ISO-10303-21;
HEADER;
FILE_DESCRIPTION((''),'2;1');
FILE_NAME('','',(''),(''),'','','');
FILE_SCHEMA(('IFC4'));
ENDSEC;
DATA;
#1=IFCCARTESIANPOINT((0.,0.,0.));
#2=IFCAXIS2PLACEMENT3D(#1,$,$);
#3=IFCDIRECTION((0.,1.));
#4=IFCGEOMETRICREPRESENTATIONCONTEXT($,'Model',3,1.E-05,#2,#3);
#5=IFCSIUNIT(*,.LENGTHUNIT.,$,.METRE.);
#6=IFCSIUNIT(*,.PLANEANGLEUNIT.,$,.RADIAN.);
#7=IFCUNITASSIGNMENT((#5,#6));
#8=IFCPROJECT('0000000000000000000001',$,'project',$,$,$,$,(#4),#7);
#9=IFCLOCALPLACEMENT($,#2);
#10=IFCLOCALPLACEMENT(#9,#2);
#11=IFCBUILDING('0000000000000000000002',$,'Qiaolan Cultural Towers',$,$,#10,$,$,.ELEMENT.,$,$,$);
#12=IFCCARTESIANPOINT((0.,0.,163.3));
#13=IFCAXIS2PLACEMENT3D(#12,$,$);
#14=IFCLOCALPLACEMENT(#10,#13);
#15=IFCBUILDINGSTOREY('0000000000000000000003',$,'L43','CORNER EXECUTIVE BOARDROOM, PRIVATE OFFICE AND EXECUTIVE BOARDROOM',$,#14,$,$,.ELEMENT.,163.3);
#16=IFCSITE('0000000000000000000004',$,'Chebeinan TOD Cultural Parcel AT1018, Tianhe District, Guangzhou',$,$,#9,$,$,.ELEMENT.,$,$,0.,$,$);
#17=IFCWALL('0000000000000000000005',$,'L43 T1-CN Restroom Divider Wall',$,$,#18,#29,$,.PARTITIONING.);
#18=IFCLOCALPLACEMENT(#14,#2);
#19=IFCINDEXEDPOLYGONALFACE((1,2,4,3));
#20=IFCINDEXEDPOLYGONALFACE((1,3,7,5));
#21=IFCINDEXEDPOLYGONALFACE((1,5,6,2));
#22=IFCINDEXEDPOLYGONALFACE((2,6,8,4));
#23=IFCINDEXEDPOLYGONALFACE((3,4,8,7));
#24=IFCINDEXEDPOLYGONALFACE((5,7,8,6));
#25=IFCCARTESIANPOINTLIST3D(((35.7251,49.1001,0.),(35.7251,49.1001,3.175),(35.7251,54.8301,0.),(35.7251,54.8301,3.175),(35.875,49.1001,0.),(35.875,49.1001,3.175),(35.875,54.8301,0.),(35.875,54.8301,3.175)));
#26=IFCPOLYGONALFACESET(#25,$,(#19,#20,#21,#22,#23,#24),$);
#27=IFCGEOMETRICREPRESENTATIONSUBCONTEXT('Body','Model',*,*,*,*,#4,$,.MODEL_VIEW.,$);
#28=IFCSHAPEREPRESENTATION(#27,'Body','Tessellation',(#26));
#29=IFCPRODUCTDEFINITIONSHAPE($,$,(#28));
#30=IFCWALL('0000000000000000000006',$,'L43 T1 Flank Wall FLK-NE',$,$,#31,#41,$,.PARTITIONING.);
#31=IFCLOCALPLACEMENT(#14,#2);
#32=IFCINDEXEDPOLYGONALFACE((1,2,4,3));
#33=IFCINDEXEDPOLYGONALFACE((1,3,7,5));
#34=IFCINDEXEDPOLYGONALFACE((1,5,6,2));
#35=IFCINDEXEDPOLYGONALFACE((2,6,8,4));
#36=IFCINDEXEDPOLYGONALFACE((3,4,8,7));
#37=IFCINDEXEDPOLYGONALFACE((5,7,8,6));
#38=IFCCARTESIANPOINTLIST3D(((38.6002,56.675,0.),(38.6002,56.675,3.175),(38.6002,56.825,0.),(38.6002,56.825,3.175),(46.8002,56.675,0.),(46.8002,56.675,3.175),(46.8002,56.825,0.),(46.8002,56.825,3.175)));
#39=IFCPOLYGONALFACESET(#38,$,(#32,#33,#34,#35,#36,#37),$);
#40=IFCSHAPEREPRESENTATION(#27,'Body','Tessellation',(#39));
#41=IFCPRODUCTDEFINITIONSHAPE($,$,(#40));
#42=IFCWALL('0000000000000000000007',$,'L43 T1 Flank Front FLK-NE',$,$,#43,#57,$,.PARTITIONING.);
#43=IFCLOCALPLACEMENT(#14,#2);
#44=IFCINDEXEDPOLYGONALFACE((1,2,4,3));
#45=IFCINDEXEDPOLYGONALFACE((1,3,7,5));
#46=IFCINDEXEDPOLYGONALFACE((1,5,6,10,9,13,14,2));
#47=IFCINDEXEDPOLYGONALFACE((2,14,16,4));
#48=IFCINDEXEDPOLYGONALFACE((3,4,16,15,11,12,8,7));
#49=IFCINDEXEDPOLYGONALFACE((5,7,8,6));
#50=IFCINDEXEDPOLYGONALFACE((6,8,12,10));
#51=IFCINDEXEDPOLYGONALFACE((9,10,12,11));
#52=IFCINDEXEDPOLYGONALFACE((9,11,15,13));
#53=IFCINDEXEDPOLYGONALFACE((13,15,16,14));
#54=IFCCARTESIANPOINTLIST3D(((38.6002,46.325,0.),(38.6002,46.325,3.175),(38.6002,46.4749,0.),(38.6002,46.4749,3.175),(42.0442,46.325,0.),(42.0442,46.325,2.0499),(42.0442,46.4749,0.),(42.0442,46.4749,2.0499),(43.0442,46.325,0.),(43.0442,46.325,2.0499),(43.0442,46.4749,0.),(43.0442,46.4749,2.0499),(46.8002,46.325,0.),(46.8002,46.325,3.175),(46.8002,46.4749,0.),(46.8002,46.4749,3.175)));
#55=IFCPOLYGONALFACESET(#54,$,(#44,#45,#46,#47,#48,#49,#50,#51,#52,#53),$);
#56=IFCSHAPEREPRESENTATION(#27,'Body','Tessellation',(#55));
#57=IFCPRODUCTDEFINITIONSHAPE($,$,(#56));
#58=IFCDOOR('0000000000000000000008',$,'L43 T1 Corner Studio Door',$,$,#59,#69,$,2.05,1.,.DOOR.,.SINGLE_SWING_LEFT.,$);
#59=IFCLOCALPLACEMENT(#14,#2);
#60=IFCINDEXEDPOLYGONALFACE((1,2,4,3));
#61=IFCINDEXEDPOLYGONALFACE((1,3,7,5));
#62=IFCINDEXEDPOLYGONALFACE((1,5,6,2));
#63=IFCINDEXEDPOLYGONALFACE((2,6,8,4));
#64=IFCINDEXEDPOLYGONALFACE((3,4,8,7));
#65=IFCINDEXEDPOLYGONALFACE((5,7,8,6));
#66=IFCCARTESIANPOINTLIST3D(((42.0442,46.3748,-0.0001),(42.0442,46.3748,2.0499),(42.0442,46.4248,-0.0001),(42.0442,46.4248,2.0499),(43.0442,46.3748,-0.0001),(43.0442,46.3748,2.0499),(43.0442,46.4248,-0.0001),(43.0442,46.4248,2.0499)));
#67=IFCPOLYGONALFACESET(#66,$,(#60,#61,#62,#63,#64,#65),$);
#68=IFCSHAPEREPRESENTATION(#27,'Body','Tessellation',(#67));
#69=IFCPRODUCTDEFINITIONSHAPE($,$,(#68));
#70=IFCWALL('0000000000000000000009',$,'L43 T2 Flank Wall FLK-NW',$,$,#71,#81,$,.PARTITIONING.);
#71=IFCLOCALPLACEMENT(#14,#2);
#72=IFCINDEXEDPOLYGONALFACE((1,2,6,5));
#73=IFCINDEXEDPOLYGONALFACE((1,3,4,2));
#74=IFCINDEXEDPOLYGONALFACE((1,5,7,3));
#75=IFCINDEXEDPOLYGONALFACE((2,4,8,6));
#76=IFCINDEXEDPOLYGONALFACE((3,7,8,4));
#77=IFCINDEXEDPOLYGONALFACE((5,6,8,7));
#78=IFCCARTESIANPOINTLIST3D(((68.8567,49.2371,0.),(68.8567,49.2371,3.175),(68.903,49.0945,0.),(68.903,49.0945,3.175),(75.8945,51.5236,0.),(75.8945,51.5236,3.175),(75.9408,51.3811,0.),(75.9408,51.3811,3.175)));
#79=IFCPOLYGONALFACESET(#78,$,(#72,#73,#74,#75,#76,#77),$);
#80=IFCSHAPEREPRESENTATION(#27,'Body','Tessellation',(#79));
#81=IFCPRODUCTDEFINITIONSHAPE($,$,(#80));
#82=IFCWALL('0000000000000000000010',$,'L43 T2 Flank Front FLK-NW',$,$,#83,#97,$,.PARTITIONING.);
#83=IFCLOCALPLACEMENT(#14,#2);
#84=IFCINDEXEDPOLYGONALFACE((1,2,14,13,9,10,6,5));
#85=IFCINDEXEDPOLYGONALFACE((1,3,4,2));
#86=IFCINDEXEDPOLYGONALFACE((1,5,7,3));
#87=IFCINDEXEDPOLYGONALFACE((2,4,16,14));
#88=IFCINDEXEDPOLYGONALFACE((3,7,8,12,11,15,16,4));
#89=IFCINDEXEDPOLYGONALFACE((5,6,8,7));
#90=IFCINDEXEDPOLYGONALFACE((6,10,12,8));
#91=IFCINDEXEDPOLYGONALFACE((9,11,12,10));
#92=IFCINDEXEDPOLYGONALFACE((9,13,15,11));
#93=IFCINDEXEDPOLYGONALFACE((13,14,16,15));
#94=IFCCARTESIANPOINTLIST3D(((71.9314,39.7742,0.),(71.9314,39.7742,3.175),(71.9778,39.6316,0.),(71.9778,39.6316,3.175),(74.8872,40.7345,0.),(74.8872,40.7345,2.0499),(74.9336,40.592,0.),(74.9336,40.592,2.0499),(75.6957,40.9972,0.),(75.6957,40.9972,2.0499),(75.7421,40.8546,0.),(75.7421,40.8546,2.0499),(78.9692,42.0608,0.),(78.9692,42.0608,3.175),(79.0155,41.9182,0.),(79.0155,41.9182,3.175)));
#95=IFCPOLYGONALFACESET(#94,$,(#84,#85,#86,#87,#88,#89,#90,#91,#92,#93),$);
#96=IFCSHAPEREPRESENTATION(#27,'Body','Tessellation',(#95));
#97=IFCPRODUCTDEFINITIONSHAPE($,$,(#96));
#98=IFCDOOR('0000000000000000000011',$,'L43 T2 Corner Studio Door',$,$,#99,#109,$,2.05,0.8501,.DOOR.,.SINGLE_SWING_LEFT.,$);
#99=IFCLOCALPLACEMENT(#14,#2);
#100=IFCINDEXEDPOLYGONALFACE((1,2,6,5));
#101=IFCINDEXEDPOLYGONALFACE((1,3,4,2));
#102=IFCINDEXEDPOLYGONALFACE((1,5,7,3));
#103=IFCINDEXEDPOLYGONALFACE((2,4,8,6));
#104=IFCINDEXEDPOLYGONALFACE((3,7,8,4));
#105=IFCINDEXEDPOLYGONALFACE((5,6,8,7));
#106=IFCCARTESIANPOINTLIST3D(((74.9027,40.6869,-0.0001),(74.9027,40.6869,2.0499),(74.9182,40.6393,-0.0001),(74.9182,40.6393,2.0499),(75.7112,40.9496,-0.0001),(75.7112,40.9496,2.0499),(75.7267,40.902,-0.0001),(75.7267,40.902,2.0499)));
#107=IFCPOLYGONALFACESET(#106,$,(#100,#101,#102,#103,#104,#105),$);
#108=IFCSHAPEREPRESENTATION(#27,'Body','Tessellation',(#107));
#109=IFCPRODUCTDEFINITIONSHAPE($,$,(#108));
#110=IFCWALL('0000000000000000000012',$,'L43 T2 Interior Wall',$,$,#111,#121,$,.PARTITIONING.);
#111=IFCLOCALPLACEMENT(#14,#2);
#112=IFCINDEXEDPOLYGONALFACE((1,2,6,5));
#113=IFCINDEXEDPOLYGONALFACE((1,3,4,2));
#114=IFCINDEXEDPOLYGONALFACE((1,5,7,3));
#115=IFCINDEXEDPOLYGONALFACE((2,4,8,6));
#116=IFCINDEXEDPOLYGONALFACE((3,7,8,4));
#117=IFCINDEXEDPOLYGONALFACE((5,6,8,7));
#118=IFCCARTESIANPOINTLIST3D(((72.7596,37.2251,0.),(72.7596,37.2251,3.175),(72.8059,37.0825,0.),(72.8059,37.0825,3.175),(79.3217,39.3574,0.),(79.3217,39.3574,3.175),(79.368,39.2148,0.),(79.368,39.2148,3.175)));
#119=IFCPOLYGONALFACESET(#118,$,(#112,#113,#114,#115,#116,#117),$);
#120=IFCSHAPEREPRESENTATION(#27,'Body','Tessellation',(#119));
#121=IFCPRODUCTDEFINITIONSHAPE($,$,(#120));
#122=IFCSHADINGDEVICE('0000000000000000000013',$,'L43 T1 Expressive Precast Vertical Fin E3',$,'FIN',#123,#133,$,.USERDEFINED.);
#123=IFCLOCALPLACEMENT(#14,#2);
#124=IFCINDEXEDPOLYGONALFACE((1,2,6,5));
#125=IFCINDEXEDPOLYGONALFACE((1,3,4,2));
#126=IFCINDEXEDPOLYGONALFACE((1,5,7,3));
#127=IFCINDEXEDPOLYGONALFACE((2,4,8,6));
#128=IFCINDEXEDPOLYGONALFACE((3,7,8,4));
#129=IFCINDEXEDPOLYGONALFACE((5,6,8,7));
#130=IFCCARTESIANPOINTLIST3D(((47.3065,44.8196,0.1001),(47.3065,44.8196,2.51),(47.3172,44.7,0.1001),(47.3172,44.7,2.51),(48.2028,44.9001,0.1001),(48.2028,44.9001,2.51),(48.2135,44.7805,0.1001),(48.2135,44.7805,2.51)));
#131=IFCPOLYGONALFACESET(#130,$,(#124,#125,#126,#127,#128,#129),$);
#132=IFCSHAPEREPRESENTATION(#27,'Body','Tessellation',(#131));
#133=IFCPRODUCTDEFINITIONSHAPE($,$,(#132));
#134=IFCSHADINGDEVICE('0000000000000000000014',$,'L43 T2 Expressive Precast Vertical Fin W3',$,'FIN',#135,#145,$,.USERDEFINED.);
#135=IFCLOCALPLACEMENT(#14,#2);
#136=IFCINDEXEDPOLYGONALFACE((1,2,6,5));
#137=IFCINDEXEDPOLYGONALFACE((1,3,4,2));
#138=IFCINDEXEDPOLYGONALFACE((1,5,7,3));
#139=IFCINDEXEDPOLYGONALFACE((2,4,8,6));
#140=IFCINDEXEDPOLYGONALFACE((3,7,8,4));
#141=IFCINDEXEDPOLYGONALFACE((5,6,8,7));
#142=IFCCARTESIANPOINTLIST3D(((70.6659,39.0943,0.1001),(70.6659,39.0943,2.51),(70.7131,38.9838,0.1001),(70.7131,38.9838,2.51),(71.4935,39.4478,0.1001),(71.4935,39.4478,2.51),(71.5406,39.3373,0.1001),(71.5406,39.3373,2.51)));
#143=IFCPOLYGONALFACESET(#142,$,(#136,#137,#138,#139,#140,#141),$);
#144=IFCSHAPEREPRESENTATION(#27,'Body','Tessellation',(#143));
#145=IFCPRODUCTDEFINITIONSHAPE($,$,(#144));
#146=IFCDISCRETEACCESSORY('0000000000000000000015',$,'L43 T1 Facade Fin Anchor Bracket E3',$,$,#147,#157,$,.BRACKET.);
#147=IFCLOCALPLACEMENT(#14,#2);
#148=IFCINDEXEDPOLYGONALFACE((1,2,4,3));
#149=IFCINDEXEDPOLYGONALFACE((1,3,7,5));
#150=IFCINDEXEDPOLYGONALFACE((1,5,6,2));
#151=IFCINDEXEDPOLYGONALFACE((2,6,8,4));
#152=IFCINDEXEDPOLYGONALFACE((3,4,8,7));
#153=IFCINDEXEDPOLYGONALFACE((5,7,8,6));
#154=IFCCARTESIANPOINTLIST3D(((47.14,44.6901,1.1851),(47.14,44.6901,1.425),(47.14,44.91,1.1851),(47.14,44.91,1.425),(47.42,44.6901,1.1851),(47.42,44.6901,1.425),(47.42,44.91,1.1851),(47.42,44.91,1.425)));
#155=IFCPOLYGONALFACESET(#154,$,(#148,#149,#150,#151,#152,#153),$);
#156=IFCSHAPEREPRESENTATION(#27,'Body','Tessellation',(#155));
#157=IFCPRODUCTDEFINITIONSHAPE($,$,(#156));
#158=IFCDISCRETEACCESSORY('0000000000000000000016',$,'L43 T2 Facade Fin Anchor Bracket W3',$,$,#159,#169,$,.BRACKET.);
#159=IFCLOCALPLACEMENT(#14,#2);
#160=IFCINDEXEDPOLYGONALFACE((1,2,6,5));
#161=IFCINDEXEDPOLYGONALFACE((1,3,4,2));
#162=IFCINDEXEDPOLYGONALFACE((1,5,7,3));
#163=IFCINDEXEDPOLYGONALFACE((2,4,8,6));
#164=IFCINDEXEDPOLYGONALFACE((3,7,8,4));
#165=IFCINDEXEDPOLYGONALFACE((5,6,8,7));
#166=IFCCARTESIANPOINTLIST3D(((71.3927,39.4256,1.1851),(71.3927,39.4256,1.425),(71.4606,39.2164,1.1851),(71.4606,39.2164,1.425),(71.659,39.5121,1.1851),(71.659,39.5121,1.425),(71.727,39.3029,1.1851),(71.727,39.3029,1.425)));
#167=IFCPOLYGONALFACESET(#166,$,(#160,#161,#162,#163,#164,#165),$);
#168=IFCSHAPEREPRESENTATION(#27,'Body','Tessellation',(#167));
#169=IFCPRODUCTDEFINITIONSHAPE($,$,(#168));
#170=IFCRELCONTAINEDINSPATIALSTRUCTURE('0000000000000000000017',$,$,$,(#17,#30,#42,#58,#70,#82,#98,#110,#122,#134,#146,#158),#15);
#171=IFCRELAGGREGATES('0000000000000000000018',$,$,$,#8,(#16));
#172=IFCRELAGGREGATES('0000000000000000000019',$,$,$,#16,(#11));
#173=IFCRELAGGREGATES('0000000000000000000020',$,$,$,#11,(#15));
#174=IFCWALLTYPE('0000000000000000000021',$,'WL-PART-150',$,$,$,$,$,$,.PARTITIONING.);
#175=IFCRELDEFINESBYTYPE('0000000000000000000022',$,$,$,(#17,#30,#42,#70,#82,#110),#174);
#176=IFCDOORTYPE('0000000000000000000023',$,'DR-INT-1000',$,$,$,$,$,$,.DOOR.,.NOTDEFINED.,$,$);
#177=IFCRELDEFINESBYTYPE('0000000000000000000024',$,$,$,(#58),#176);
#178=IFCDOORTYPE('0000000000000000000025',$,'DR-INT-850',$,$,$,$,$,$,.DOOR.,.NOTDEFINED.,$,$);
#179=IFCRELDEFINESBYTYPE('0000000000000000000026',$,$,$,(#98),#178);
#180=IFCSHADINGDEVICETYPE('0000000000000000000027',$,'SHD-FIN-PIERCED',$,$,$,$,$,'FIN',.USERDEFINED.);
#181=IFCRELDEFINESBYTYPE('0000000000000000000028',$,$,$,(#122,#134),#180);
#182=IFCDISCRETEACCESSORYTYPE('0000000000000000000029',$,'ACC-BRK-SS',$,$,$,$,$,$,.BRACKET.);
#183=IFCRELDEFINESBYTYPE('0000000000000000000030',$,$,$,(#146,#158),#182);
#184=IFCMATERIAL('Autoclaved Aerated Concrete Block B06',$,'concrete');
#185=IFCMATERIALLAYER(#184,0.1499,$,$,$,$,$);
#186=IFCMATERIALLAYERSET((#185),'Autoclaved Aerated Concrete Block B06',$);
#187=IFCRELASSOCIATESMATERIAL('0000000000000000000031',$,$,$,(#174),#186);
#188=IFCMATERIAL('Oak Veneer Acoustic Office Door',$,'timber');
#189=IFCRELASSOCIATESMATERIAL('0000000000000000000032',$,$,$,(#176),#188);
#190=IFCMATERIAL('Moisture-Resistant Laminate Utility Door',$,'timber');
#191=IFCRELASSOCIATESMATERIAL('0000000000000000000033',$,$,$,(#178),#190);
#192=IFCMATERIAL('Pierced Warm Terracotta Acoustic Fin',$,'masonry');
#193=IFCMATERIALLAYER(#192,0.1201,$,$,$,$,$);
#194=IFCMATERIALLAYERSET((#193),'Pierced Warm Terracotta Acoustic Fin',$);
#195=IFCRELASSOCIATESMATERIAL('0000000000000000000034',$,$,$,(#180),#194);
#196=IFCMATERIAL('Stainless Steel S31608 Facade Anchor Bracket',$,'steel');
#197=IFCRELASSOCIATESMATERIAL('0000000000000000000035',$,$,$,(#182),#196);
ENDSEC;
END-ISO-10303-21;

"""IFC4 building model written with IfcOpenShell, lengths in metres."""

from ifc_helpers import new_model, si_unit, direction, frame, frame_2d, origin, origin_2d, place, context, subcontext, project, spatial, rectangle, extrude, material, layer, layer_set, type_object, element, fill, save


model = new_model("IFC4")

# Units and contexts
model_context = context("Model", 3, precision=1e-05, world=origin(), true_north=direction((0.0, 1.0)))
body_context = subcontext(model_context, "Body", "Model", "MODEL_VIEW")
ifc_project = project(units=[si_unit("LENGTHUNIT", "METRE"), si_unit("PLANEANGLEUNIT", "RADIAN")], contexts=[model_context])

# Site, building, storey
site_placement = place(None, origin())
site = spatial("IfcSite", under=ifc_project, at=site_placement, Name="Chebeinan TOD Cultural Parcel AT1018, Tianhe District, Guangzhou", CompositionType="ELEMENT", RefElevation=0.0)
building_placement = place(site_placement, origin())
building = spatial("IfcBuilding", under=site, at=building_placement, Name="Qiaolan Cultural Towers", CompositionType="ELEMENT")
storey_placement = place(building_placement, frame((0.0, 0.0, 163.3)))
storey = spatial("IfcBuildingStorey", under=building, at=storey_placement, Name="L43", Description="CORNER EXECUTIVE BOARDROOM, PRIVATE OFFICE AND EXECUTIVE BOARDROOM", CompositionType="ELEMENT", Elevation=163.3)

# Walls
ifc_material_1 = material(Name="Autoclaved Aerated Concrete Block B06", Category="concrete")
ifc_layer_1 = layer(ifc_material_1, 0.1499)
ifc_layer_set_1 = layer_set([ifc_layer_1], Name="Autoclaved Aerated Concrete Block B06")
wall_type_1 = type_object("IfcWallType", Name="WL-PART-150", PredefinedType="PARTITIONING", material=ifc_layer_set_1)
wall_1_placement = place(storey_placement, frame((35.8, 49.1001, 0.0), z_axis=(0.0, 0.0, 1.0), x_axis=(0.0, 1.0, 0.0)))
element("IfcWall", 1, at=wall_1_placement, inside=storey, type_object=wall_type_1, Name="L43 T1-CN Restroom Divider Wall", PredefinedType="PARTITIONING", context=body_context, shape_type="SweptSolid", body=[
    extrude(rectangle(XDim=5.73, YDim=0.1499, at=frame_2d((2.865, 0.0))), origin(), (0.0, 0.0, 1.0), 3.175),
])
wall_2_placement = place(storey_placement, frame((38.6001, 56.75, 0.0), z_axis=(0.0, 0.0, 1.0), x_axis=(1.0, 0.0, 0.0)))
element("IfcWall", 2, at=wall_2_placement, inside=storey, type_object=wall_type_1, Name="L43 T1 Flank Wall FLK-NE", PredefinedType="PARTITIONING", context=body_context, shape_type="SweptSolid", body=[
    extrude(rectangle(XDim=8.2, YDim=0.1499, at=frame_2d((4.1001, 0.0))), origin(), (0.0, 0.0, 1.0), 3.175),
])

# Wall, opening, door
wall_3_placement = place(storey_placement, frame((38.6001, 46.3999, 0.0), z_axis=(0.0, 0.0, 1.0), x_axis=(1.0, 0.0, 0.0)))
wall_3 = element("IfcWall", 3, at=wall_3_placement, inside=storey, type_object=wall_type_1, Name="L43 T1 Flank Front FLK-NE", PredefinedType="PARTITIONING", context=body_context, shape_type="SweptSolid", body=[
    extrude(rectangle(XDim=8.2, YDim=0.1499, at=frame_2d((4.1001, 0.0))), origin(), (0.0, 0.0, 1.0), 3.175),
])
opening_1_placement = place(wall_3_placement, frame((3.4441, 0.0, 0.0)))
opening_1 = element("IfcOpeningElement", 4, at=opening_1_placement, cuts=wall_3, PredefinedType="OPENING", context=body_context, shape_type="SweptSolid", body=[
    extrude(rectangle(XDim=1.0, YDim=2.05, at=frame_2d((0.5, 1.0249))), frame((0.0, 0.085, 0.0), z_axis=(0.0, -1.0, 0.0), x_axis=(1.0, 0.0, 0.0)), (0.0, 0.0, 1.0), 0.1699),
])
ifc_material_2 = material(Name="Oak Veneer Acoustic Office Door", Category="timber")
door_type_1 = type_object("IfcDoorType", Name="DR-INT-1000", OperationType="NOTDEFINED", PredefinedType="DOOR", material=ifc_material_2)
door_1_placement = place(opening_1_placement, origin())
door_1 = element("IfcDoor", 5, at=door_1_placement, inside=storey, type_object=door_type_1, Name="L43 T1 Corner Studio Door", OperationType="SINGLE_SWING_LEFT", OverallHeight=2.05, OverallWidth=1.0, PredefinedType="DOOR", context=body_context, shape_type="SweptSolid", body=[
    extrude(rectangle(XDim=1.0, YDim=2.05, at=frame_2d((0.5, 1.0249))), frame((0.0, 0.0249, 0.0), z_axis=(0.0, -1.0, 0.0), x_axis=(1.0, 0.0, 0.0)), (0.0, 0.0, 1.0), 0.05),
])
fill(opening_1, door_1)

# Wall
wall_4_placement = place(storey_placement, frame((68.8799, 49.1658, 0.0), z_axis=(0.0, 0.0, 1.0), x_axis=(0.951061, 0.309003, 0.0)))
element("IfcWall", 6, at=wall_4_placement, inside=storey, type_object=wall_type_1, Name="L43 T2 Flank Wall FLK-NW", PredefinedType="PARTITIONING", context=body_context, shape_type="SweptSolid", body=[
    extrude(rectangle(XDim=7.3999, YDim=0.1499, at=frame_2d((3.7, 0.0))), origin(), (0.0, 0.0, 1.0), 3.175),
])

# Wall, opening, door
wall_5_placement = place(storey_placement, frame((71.9546, 39.7029, 0.0), z_axis=(0.0, 0.0, 1.0), x_axis=(0.951061, 0.309003, 0.0)))
wall_5 = element("IfcWall", 7, at=wall_5_placement, inside=storey, type_object=wall_type_1, Name="L43 T2 Flank Front FLK-NW", PredefinedType="PARTITIONING", context=body_context, shape_type="SweptSolid", body=[
    extrude(rectangle(XDim=7.3999, YDim=0.1499, at=frame_2d((3.7, 0.0))), origin(), (0.0, 0.0, 1.0), 3.175),
])
opening_2_placement = place(wall_5_placement, frame((3.1079, 0.0, 0.0)))
opening_2 = element("IfcOpeningElement", 8, at=opening_2_placement, cuts=wall_5, PredefinedType="OPENING", context=body_context, shape_type="SweptSolid", body=[
    extrude(rectangle(XDim=0.8501, YDim=2.05, at=frame_2d((0.425, 1.0249))), frame((0.0, 0.085, 0.0), z_axis=(0.0, -1.0, 0.0), x_axis=(1.0, 0.0, 0.0)), (0.0, 0.0, 1.0), 0.1699),
])
ifc_material_3 = material(Name="Moisture-Resistant Laminate Utility Door", Category="timber")
door_type_2 = type_object("IfcDoorType", Name="DR-INT-850", OperationType="NOTDEFINED", PredefinedType="DOOR", material=ifc_material_3)
door_2_placement = place(opening_2_placement, origin())
door_2 = element("IfcDoor", 9, at=door_2_placement, inside=storey, type_object=door_type_2, Name="L43 T2 Corner Studio Door", OperationType="SINGLE_SWING_LEFT", OverallHeight=2.05, OverallWidth=0.8501, PredefinedType="DOOR", context=body_context, shape_type="SweptSolid", body=[
    extrude(rectangle(XDim=0.8501, YDim=2.05, at=frame_2d((0.425, 1.0249))), frame((0.0, 0.0249, 0.0), z_axis=(0.0, -1.0, 0.0), x_axis=(1.0, 0.0, 0.0)), (0.0, 0.0, 1.0), 0.05),
])
fill(opening_2, door_2)

# Wall
wall_6_placement = place(storey_placement, frame((72.7827, 37.1538, 0.0), z_axis=(0.0, 0.0, 1.0), x_axis=(0.951051, 0.309032, 0.0)))
element("IfcWall", 10, at=wall_6_placement, inside=storey, type_object=wall_type_1, Name="L43 T2 Interior Wall", PredefinedType="PARTITIONING", context=body_context, shape_type="SweptSolid", body=[
    extrude(rectangle(XDim=6.8999, YDim=0.1499, at=frame_2d((3.45, 0.0))), origin(), (0.0, 0.0, 1.0), 3.175),
])

# Shading devices
ifc_material_4 = material(Name="Pierced Warm Terracotta Acoustic Fin", Category="masonry")
ifc_layer_2 = layer(ifc_material_4, 0.1201)
ifc_layer_set_2 = layer_set([ifc_layer_2], Name="Pierced Warm Terracotta Acoustic Fin")
shading_device_type = type_object("IfcShadingDeviceType", Name="SHD-FIN-PIERCED", ElementType="FIN", PredefinedType="USERDEFINED", material=ifc_layer_set_2)
for number, where, z_axis, x_axis, name in (
    (11, (47.76, 44.8, 0.1001), (0.0, 0.0, 1.0), (0.995994, 0.089421, 0.0), "L43 T1 Expressive Precast Vertical Fin E3"),
    (12, (71.1033, 39.2158, 0.1001), (0.0, 0.0, 1.0), (0.919614, 0.392824, 0.0), "L43 T2 Expressive Precast Vertical Fin W3"),
):
    element("IfcShadingDevice", number, at=place(storey_placement, frame(where, z_axis=z_axis, x_axis=x_axis)), inside=storey, type_object=shading_device_type, Name=name, ObjectType="FIN", PredefinedType="USERDEFINED", context=body_context, shape_type="SweptSolid", body=[
        extrude(rectangle(XDim=0.8999, YDim=0.1201, at=origin_2d()), origin(), (0.0, 0.0, 1.0), 2.4099),
    ])

# Discrete accessories
ifc_material_5 = material(Name="Stainless Steel S31608 Facade Anchor Bracket", Category="steel")
discrete_accessory_type = type_object("IfcDiscreteAccessoryType", Name="ACC-BRK-SS", PredefinedType="BRACKET", material=ifc_material_5)
for number, where, z_axis, x_axis, name in (
    (13, (47.28, 44.8, 1.1851), (0.0, 0.0, 1.0), (1.0, 0.0, 0.0), "L43 T1 Facade Fin Anchor Bracket E3"),
    (14, (71.5598, 39.3643, 1.1851), (0.0, 0.0, 1.0), (0.951057, 0.309017, 0.0), "L43 T2 Facade Fin Anchor Bracket W3"),
):
    element("IfcDiscreteAccessory", number, at=place(storey_placement, frame(where, z_axis=z_axis, x_axis=x_axis)), inside=storey, type_object=discrete_accessory_type, Name=name, PredefinedType="BRACKET", context=body_context, shape_type="SweptSolid", body=[
        extrude(rectangle(XDim=0.28, YDim=0.22, at=origin_2d()), origin(), (0.0, 0.0, 1.0), 0.24),
    ])

save(model, "model.ifc")
